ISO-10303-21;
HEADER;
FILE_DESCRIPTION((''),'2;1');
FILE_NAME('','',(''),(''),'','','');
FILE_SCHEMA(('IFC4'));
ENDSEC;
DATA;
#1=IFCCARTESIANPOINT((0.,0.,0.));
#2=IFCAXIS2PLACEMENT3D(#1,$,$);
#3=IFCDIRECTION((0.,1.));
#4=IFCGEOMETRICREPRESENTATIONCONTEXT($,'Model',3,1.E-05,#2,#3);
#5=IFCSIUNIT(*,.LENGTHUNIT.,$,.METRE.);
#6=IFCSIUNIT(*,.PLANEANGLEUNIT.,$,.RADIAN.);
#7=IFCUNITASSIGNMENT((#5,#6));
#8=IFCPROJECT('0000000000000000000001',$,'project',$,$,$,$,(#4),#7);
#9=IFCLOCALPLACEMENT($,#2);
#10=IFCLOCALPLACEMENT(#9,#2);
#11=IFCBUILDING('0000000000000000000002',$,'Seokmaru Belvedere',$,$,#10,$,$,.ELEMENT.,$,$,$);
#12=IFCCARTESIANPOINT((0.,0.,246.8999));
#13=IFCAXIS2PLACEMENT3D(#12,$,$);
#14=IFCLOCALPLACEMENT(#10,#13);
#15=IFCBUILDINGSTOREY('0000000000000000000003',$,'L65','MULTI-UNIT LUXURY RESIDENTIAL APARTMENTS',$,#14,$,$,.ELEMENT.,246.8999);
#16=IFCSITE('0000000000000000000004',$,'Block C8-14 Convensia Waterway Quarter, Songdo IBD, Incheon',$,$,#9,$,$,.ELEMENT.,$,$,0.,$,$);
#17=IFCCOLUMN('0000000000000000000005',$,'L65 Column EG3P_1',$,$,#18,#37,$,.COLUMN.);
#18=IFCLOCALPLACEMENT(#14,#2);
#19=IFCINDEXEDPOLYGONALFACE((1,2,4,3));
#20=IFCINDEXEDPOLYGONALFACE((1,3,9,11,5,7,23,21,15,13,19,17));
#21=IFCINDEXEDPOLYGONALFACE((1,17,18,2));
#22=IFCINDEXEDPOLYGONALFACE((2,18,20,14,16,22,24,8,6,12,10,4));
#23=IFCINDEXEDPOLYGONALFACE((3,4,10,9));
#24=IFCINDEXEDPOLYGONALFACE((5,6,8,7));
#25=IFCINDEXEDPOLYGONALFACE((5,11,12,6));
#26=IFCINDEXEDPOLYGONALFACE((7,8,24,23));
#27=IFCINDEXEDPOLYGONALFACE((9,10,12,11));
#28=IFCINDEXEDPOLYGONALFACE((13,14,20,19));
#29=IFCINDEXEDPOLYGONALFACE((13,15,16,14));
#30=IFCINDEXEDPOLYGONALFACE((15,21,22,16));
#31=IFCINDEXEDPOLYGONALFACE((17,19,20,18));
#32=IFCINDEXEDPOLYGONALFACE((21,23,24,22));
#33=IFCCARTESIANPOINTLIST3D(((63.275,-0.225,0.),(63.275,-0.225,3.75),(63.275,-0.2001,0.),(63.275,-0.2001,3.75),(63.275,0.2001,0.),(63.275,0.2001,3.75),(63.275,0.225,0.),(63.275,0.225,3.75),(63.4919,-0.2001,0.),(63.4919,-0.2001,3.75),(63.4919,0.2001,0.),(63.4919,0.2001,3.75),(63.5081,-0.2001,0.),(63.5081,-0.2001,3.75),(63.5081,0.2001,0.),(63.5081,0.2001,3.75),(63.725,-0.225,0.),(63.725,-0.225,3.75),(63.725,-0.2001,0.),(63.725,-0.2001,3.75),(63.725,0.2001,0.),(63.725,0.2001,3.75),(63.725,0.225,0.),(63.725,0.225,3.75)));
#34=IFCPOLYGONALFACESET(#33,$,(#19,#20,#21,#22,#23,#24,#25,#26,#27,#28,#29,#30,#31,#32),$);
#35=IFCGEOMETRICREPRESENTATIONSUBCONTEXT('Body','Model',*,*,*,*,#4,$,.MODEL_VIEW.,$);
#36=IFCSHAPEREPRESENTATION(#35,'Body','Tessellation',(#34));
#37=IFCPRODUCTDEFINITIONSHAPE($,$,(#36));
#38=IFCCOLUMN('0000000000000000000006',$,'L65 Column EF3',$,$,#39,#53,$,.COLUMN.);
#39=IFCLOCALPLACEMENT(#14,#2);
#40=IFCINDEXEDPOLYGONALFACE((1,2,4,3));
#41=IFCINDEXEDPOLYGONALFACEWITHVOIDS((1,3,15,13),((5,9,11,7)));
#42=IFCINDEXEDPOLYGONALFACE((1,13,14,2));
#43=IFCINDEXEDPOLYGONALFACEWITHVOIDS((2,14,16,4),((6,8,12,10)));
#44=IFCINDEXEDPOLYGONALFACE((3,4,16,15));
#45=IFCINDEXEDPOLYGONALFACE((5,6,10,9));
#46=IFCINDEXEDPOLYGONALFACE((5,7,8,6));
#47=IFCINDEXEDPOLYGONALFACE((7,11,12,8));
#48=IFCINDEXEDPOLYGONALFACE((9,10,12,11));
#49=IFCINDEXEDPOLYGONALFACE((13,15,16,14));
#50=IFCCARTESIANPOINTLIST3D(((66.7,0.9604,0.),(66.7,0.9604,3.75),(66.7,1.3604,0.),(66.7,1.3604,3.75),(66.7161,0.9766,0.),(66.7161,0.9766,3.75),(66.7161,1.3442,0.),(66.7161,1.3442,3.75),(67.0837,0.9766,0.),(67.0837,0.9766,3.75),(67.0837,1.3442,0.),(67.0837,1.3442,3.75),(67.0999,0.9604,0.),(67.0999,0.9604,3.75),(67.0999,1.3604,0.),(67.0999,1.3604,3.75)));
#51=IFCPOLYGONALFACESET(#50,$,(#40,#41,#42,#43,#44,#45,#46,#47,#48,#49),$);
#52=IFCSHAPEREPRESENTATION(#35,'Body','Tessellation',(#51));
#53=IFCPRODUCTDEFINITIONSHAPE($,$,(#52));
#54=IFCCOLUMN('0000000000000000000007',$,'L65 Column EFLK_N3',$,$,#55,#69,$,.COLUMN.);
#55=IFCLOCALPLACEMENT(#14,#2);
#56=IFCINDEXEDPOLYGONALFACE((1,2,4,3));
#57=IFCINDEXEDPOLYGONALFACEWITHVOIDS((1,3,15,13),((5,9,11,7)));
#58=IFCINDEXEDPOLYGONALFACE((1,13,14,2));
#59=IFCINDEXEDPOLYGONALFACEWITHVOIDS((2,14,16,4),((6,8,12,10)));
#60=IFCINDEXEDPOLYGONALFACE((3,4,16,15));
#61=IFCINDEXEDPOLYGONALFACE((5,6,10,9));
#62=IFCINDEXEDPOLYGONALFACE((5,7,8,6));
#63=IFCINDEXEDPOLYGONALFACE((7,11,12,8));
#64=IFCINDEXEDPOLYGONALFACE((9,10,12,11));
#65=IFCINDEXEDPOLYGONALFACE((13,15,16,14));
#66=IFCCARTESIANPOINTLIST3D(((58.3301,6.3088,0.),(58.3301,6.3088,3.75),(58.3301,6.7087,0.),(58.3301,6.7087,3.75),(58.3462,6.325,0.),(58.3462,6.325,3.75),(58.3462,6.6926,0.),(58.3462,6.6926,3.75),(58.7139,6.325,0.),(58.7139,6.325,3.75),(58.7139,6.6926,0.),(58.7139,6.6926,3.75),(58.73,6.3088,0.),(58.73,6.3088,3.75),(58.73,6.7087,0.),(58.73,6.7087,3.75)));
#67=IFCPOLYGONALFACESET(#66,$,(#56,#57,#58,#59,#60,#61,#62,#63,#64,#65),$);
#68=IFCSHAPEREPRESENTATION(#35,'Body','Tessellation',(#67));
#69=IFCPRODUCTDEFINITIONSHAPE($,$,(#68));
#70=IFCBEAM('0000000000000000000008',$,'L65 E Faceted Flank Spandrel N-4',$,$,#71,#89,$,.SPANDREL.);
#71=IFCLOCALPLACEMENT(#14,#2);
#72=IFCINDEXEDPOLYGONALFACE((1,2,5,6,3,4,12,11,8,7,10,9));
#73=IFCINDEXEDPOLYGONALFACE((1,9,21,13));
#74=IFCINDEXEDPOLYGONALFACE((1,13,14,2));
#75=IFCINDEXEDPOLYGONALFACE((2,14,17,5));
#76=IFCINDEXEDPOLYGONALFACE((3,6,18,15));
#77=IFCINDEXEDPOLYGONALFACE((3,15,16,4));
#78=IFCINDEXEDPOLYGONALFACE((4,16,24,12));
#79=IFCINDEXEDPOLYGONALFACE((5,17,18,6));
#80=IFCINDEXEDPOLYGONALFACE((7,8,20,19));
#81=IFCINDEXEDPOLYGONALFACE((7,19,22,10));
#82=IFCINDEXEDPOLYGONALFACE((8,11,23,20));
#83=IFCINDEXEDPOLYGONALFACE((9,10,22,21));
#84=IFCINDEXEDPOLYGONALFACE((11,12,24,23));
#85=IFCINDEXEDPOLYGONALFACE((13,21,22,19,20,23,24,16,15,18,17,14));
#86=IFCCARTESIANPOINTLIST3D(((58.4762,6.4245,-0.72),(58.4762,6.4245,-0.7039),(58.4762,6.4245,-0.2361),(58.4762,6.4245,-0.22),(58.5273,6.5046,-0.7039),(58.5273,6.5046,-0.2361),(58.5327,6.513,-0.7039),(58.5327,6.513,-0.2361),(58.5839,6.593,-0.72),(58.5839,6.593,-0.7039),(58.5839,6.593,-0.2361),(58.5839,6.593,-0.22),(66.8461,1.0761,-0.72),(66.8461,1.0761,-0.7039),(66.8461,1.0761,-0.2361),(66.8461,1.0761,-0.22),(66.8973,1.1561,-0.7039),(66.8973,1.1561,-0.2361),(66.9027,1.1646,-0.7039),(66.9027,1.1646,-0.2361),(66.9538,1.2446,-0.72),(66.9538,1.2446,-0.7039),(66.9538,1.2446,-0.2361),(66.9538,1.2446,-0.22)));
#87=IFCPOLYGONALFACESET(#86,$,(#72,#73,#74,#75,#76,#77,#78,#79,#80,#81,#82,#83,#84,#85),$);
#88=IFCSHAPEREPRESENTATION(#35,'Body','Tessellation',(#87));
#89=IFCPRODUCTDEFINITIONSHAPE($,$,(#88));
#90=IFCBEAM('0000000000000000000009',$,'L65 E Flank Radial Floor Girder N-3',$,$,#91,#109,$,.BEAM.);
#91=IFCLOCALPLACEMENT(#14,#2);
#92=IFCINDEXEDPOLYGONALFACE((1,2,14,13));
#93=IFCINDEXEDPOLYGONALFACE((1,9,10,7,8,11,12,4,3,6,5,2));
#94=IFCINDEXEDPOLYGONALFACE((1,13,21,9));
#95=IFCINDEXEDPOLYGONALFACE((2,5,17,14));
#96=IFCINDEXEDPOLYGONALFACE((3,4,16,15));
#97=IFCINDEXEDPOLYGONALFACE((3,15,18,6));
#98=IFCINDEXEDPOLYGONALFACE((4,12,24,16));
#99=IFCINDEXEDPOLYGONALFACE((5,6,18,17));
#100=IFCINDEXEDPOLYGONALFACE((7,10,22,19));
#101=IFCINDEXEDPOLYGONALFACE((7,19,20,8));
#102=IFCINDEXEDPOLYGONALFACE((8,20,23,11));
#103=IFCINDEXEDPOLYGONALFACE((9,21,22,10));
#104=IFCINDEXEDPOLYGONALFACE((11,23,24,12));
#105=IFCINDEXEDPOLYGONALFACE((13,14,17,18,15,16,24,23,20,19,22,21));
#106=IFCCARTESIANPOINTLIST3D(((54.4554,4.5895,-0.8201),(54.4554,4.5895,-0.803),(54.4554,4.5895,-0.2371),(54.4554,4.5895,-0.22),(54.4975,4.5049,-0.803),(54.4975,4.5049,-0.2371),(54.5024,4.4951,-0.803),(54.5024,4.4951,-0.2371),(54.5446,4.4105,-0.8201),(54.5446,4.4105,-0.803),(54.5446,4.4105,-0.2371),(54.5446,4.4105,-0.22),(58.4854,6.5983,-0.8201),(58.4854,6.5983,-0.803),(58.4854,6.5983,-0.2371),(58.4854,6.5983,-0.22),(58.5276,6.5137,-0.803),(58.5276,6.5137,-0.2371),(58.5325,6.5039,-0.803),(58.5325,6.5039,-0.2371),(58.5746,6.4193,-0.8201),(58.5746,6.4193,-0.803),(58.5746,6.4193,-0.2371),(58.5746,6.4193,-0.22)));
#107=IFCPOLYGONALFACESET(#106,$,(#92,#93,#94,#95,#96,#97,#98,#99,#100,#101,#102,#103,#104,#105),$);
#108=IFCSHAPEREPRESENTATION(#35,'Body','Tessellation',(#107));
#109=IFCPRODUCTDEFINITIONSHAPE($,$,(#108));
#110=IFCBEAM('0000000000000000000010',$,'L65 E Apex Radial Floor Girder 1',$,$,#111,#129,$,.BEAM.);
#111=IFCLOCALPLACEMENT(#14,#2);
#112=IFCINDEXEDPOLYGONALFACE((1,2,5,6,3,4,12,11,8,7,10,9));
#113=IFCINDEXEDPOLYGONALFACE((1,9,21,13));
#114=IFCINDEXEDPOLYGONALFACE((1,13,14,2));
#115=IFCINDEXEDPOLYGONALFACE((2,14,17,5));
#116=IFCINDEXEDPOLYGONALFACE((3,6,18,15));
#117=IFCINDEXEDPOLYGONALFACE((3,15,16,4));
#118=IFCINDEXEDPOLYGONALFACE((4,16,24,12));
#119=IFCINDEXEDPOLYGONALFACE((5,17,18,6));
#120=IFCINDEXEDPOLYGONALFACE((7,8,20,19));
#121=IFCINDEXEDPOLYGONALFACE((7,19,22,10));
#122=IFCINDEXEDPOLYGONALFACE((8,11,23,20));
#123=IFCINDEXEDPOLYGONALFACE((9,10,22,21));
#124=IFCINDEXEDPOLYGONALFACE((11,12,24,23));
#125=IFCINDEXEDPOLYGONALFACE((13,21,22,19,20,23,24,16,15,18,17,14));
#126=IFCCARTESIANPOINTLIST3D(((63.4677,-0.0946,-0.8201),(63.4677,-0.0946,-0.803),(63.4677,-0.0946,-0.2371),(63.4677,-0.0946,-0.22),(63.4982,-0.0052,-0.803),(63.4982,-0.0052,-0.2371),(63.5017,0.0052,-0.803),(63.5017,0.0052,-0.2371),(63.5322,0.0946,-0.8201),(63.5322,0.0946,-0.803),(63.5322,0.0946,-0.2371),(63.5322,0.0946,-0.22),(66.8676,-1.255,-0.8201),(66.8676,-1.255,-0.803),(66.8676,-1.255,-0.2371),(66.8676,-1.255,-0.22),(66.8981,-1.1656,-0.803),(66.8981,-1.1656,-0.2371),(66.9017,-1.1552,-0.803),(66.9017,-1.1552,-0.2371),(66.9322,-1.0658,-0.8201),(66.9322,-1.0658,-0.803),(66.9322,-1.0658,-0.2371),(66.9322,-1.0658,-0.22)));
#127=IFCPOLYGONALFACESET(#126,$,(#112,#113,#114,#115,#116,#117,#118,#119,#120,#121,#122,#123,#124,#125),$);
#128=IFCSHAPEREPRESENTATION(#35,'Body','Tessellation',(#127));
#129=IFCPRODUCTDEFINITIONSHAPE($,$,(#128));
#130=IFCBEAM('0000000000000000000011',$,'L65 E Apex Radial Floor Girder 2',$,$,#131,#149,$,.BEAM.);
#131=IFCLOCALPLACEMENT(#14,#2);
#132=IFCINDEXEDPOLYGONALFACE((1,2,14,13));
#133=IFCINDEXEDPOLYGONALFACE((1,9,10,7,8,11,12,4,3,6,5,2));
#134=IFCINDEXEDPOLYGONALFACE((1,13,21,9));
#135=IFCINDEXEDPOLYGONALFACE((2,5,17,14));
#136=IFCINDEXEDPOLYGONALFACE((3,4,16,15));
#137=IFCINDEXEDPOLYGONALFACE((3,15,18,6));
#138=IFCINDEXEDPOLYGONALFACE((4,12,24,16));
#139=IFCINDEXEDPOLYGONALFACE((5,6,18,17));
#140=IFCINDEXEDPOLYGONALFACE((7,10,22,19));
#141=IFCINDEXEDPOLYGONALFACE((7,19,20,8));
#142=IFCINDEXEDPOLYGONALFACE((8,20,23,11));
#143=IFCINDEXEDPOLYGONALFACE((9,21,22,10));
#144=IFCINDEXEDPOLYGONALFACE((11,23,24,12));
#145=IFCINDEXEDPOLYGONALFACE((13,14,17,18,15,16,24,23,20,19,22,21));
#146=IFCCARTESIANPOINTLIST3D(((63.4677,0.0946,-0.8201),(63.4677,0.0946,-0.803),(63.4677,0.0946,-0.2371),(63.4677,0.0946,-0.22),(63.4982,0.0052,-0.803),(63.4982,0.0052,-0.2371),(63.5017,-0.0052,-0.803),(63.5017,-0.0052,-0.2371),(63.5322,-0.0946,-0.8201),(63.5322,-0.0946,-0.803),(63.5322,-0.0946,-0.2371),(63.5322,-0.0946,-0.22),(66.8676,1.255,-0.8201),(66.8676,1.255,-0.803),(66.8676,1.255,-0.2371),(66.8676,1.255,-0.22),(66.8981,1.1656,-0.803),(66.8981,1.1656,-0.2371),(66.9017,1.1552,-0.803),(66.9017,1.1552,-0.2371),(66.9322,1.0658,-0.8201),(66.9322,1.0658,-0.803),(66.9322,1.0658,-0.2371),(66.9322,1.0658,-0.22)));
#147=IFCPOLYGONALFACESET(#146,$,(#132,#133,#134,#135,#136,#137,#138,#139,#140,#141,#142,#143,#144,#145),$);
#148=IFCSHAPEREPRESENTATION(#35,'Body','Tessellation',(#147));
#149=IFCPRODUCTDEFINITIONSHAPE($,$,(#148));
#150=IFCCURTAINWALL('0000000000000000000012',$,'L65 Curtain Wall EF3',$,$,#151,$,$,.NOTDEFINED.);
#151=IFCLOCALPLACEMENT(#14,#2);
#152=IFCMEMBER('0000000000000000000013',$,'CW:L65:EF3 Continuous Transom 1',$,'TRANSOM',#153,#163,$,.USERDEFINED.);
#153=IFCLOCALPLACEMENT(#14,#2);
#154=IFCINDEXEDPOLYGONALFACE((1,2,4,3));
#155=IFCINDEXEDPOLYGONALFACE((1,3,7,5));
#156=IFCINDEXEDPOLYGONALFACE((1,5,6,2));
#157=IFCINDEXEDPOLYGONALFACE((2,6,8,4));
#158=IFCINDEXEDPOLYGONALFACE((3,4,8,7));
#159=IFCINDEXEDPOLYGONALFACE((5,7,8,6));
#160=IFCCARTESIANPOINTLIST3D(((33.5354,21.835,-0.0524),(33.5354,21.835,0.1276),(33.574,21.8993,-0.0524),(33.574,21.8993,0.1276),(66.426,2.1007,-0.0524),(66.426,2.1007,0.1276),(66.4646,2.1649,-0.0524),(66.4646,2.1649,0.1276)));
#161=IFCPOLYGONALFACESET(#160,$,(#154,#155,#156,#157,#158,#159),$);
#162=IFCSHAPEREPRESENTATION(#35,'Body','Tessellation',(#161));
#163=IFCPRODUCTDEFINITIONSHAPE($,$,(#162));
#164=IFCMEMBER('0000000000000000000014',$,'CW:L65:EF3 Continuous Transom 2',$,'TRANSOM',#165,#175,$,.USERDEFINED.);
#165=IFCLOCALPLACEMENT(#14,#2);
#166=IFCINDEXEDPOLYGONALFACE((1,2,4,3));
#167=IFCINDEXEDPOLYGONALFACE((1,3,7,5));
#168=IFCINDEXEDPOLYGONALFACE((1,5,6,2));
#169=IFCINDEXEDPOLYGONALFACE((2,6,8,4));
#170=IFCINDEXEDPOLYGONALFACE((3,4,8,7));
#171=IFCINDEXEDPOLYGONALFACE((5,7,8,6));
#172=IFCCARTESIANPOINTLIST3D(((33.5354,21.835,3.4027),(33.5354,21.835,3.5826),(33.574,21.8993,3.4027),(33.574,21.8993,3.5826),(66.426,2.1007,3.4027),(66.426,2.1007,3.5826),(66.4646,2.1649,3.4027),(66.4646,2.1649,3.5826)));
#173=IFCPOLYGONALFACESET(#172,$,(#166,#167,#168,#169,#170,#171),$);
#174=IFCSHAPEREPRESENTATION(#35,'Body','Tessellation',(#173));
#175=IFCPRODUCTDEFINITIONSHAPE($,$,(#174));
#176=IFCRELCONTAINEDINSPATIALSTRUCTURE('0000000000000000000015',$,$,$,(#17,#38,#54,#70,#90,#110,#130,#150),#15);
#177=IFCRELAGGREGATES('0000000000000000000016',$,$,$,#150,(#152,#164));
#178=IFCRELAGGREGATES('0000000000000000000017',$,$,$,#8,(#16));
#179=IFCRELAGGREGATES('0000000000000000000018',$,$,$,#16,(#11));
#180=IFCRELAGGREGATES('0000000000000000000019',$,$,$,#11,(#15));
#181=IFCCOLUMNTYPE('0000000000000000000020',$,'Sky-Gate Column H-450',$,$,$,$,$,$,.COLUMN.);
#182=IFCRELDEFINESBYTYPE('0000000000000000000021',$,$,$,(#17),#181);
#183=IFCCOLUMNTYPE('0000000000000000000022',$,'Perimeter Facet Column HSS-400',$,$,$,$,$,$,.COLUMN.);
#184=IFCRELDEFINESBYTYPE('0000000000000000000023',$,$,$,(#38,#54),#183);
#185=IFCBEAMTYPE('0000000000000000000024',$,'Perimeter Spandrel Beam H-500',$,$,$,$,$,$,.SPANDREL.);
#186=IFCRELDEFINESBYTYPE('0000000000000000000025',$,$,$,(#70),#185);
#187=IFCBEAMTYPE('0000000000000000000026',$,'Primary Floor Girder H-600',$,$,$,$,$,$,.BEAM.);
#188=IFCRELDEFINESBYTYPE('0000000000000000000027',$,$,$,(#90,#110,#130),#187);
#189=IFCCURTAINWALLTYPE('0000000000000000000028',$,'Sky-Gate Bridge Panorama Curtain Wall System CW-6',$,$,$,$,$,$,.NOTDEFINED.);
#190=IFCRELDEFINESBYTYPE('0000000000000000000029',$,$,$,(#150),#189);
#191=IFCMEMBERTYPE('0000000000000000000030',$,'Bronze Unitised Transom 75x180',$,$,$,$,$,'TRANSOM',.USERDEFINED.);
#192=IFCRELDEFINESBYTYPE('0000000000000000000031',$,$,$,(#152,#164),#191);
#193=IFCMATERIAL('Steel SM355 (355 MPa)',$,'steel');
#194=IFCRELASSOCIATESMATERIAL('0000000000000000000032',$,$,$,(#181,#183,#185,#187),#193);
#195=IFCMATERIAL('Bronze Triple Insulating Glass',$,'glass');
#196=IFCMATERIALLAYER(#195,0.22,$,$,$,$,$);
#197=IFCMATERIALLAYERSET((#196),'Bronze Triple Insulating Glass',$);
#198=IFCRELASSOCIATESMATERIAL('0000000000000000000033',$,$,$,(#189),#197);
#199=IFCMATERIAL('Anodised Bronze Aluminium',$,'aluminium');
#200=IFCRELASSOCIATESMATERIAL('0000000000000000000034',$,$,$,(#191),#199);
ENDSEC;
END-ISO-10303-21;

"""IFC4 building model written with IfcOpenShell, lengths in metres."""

from ifc_helpers import new_model, si_unit, direction, frame, origin, origin_2d, place, context, subcontext, project, spatial, rectangle, hollow_rectangle, i_section, extrude, source, transform, mapped, material, layer, layer_set, material_profile, profile_set, type_object, type_shapes, element, aggregate, save


model = new_model("IFC4")

# Units and contexts
model_context = context("Model", 3, precision=1e-05, world=origin(), true_north=direction((0.0, 1.0)))
body_context = subcontext(model_context, "Body", "Model", "MODEL_VIEW")
ifc_project = project(units=[si_unit("LENGTHUNIT", "METRE"), si_unit("PLANEANGLEUNIT", "RADIAN")], contexts=[model_context])

# Site, building, storey
site_placement = place(None, origin())
site = spatial("IfcSite", under=ifc_project, at=site_placement, Name="Block C8-14 Convensia Waterway Quarter, Songdo IBD, Incheon", CompositionType="ELEMENT", RefElevation=0.0)
building_placement = place(site_placement, origin())
building = spatial("IfcBuilding", under=site, at=building_placement, Name="Seokmaru Belvedere", CompositionType="ELEMENT")
storey_placement = place(building_placement, frame((0.0, 0.0, 246.8999)))
storey = spatial("IfcBuildingStorey", under=building, at=storey_placement, Name="L65", Description="MULTI-UNIT LUXURY RESIDENTIAL APARTMENTS", CompositionType="ELEMENT", Elevation=246.8999)

# Columns
ifc_material_1 = material(Name="Steel SM355 (355 MPa)", Category="steel")
ifc_material_profile_1 = material_profile(ifc_material_1, i_section(OverallWidth=0.45, OverallDepth=0.45, WebThickness=0.0161, FlangeThickness=0.0249, at=origin_2d()), Name="H-450x450x16x25")
ifc_profile_set_1 = profile_set([ifc_material_profile_1], Name="Steel SM355 (355 MPa)")
column_type_1 = type_object("IfcColumnType", Name="Sky-Gate Column H-450", PredefinedType="COLUMN", material=ifc_profile_set_1)
shared_shape_1 = source(origin(), body_context, "Body", "SweptSolid", [
    extrude(i_section(OverallWidth=0.45, OverallDepth=0.45, WebThickness=0.0161, FlangeThickness=0.0249, at=origin_2d()), origin(), (0.0, 0.0, 1.0), 3.75),
])
type_shapes(column_type_1, [shared_shape_1])
column_placement = place(storey_placement, frame((63.5, 0.0, 0.0), z_axis=(0.0, 0.0, 1.0), x_axis=(1.0, 0.0, 0.0)))
element("IfcColumn", 1, at=column_placement, inside=storey, type_object=column_type_1, Name="L65 Column EG3P_1", PredefinedType="COLUMN", context=body_context, shape_type="MappedRepresentation", body=[
    mapped(shared_shape_1, transform((0.0, 0.0, 0.0), scale=1.0)),
])
ifc_material_profile_2 = material_profile(ifc_material_1, hollow_rectangle(XDim=0.3999, YDim=0.3999, WallThickness=0.0161, at=origin_2d()), Name="HSS-400x400x16")
ifc_profile_set_2 = profile_set([ifc_material_profile_2], Name="Steel SM355 (355 MPa)")
column_type_2 = type_object("IfcColumnType", Name="Perimeter Facet Column HSS-400", PredefinedType="COLUMN", material=ifc_profile_set_2)
shared_shape_2 = source(origin(), body_context, "Body", "SweptSolid", [
    extrude(hollow_rectangle(XDim=0.3999, YDim=0.3999, WallThickness=0.0161, at=origin_2d()), origin(), (0.0, 0.0, 1.0), 3.75),
])
type_shapes(column_type_2, [shared_shape_2])
for number, where, z_axis, x_axis, name in (
    (2, (66.8999, 1.1604, 0.0), (0.0, 0.0, 1.0), (1.0, 0.0, 0.0), "L65 Column EF3"),
    (3, (58.53, 6.5088, 0.0), (0.0, 0.0, 1.0), (1.0, 0.0, 0.0), "L65 Column EFLK_N3"),
):
    element("IfcColumn", number, at=place(storey_placement, frame(where, z_axis=z_axis, x_axis=x_axis)), inside=storey, type_object=column_type_2, Name=name, PredefinedType="COLUMN", context=body_context, shape_type="MappedRepresentation", body=[
        mapped(shared_shape_2, transform((0.0, 0.0, 0.0), scale=1.0)),
    ])

# Beams
ifc_material_profile_3 = material_profile(ifc_material_1, i_section(OverallWidth=0.2, OverallDepth=0.5, WebThickness=0.01, FlangeThickness=0.0161, at=origin_2d()), Name="H-500x200x10x16")
ifc_profile_set_3 = profile_set([ifc_material_profile_3], Name="Steel SM355 (355 MPa)")
beam_type_1 = type_object("IfcBeamType", Name="Perimeter Spandrel Beam H-500", PredefinedType="SPANDREL", material=ifc_profile_set_3)
shared_shape_3 = source(origin(), body_context, "Body", "SweptSolid", [
    extrude(i_section(OverallWidth=0.2, OverallDepth=0.5, WebThickness=0.01, FlangeThickness=0.0161, at=origin_2d()), origin(), (0.0, 0.0, 1.0), 9.9329),
])
type_shapes(beam_type_1, [shared_shape_3])
beam_1_placement = place(storey_placement, frame((58.53, 6.5088, -0.47), z_axis=(0.842652, -0.538459, 0.0), x_axis=(0.538459, 0.842652, 0.0)))
element("IfcBeam", 4, at=beam_1_placement, inside=storey, type_object=beam_type_1, Name="L65 E Faceted Flank Spandrel N-4", PredefinedType="SPANDREL", context=body_context, shape_type="MappedRepresentation", body=[
    mapped(shared_shape_3, transform((0.0, 0.0, 0.0), scale=1.0)),
])
ifc_material_profile_4 = material_profile(ifc_material_1, i_section(OverallWidth=0.2, OverallDepth=0.6001, WebThickness=0.011, FlangeThickness=0.0171, at=origin_2d()), Name="H-600x200x11x17")
ifc_profile_set_4 = profile_set([ifc_material_profile_4], Name="Steel SM355 (355 MPa)")
beam_type_2 = type_object("IfcBeamType", Name="Primary Floor Girder H-600", PredefinedType="BEAM", material=ifc_profile_set_4)
shared_shape_4 = source(origin(), body_context, "Body", "SweptSolid", [
    extrude(i_section(OverallWidth=0.2, OverallDepth=0.6001, WebThickness=0.011, FlangeThickness=0.0171, at=origin_2d()), origin(), (0.0, 0.0, 1.0), 4.5029),
])
beam_2_placement = place(storey_placement, frame((58.53, 6.5088, -0.52), z_axis=(-0.89498, -0.446107, 0.0), x_axis=(0.446107, -0.89498, 0.0)))
element("IfcBeam", 5, at=beam_2_placement, inside=storey, type_object=beam_type_2, Name="L65 E Flank Radial Floor Girder N-3", PredefinedType="BEAM", context=body_context, shape_type="MappedRepresentation", body=[
    mapped(shared_shape_4, transform((0.0, 0.0, 0.0), scale=1.0)),
])
shared_shape_5 = source(origin(), body_context, "Body", "SweptSolid", [
    extrude(i_section(OverallWidth=0.2, OverallDepth=0.6001, WebThickness=0.011, FlangeThickness=0.0171, at=origin_2d()), origin(), (0.0, 0.0, 1.0), 3.5925),
])
type_shapes(beam_type_2, [shared_shape_4, shared_shape_5])
for number, where, z_axis, x_axis, name in (
    (6, (66.8999, -1.1604, -0.52), (-0.946396, 0.323009, 0.0), (-0.323009, -0.946396, 0.0), "L65 E Apex Radial Floor Girder 1"),
    (7, (66.8999, 1.1604, -0.52), (-0.946396, -0.323009, 0.0), (0.323009, -0.946396, 0.0), "L65 E Apex Radial Floor Girder 2"),
):
    element("IfcBeam", number, at=place(storey_placement, frame(where, z_axis=z_axis, x_axis=x_axis)), inside=storey, type_object=beam_type_2, Name=name, PredefinedType="BEAM", context=body_context, shape_type="MappedRepresentation", body=[
        mapped(shared_shape_5, transform((0.0, 0.0, 0.0), scale=1.0)),
    ])

# Curtain wall, members
ifc_material_2 = material(Name="Bronze Triple Insulating Glass", Category="glass")
ifc_layer_1 = layer(ifc_material_2, 0.22)
ifc_layer_set_1 = layer_set([ifc_layer_1], Name="Bronze Triple Insulating Glass")
curtain_wall_type = type_object("IfcCurtainWallType", Name="Sky-Gate Bridge Panorama Curtain Wall System CW-6", PredefinedType="NOTDEFINED", material=ifc_layer_set_1)
curtain_wall_1_placement = place(storey_placement, origin())
curtain_wall_1 = element("IfcCurtainWall", 8, at=curtain_wall_1_placement, inside=storey, type_object=curtain_wall_type, Name="L65 Curtain Wall EF3", PredefinedType="NOTDEFINED")
ifc_material_3 = material(Name="Anodised Bronze Aluminium", Category="aluminium")
ifc_material_profile_5 = material_profile(ifc_material_3, rectangle(XDim=0.075, YDim=0.1799, at=origin_2d()), Name="CW-T-75x180")
ifc_profile_set_5 = profile_set([ifc_material_profile_5], Name="Anodised Bronze Aluminium")
member_type_1 = type_object("IfcMemberType", Name="Bronze Unitised Transom 75x180", ElementType="TRANSOM", PredefinedType="USERDEFINED", material=ifc_profile_set_5)
shared_shape_6 = source(origin(), body_context, "Body", "SweptSolid", [
    extrude(rectangle(XDim=0.075, YDim=0.1799, at=origin_2d()), origin(), (0.0, 0.0, 1.0), 38.3567),
])
member_1_placement = place(storey_placement, frame((66.4453, 2.1328, 0.0376), z_axis=(-0.857493, 0.514496, 0.0), x_axis=(-0.514496, -0.857493, 0.0)))
member_1 = element("IfcMember", 9, at=member_1_placement, type_object=member_type_1, Name="CW:L65:EF3 Continuous Transom 1", ObjectType="TRANSOM", PredefinedType="USERDEFINED", context=body_context, shape_type="MappedRepresentation", body=[
    mapped(shared_shape_6, transform((0.0, 0.0, 0.0), scale=1.0)),
])
member_2_placement = place(storey_placement, frame((66.4453, 2.1328, 3.4927), z_axis=(-0.857493, 0.514496, 0.0), x_axis=(-0.514496, -0.857493, 0.0)))
member_2 = element("IfcMember", 10, at=member_2_placement, type_object=member_type_1, Name="CW:L65:EF3 Continuous Transom 2", ObjectType="TRANSOM", PredefinedType="USERDEFINED", context=body_context, shape_type="MappedRepresentation", body=[
    mapped(shared_shape_6, transform((0.0, 0.0, 0.0), scale=1.0)),
])

aggregate(curtain_wall_1, [member_1, member_2])

save(model, "model.ifc")
